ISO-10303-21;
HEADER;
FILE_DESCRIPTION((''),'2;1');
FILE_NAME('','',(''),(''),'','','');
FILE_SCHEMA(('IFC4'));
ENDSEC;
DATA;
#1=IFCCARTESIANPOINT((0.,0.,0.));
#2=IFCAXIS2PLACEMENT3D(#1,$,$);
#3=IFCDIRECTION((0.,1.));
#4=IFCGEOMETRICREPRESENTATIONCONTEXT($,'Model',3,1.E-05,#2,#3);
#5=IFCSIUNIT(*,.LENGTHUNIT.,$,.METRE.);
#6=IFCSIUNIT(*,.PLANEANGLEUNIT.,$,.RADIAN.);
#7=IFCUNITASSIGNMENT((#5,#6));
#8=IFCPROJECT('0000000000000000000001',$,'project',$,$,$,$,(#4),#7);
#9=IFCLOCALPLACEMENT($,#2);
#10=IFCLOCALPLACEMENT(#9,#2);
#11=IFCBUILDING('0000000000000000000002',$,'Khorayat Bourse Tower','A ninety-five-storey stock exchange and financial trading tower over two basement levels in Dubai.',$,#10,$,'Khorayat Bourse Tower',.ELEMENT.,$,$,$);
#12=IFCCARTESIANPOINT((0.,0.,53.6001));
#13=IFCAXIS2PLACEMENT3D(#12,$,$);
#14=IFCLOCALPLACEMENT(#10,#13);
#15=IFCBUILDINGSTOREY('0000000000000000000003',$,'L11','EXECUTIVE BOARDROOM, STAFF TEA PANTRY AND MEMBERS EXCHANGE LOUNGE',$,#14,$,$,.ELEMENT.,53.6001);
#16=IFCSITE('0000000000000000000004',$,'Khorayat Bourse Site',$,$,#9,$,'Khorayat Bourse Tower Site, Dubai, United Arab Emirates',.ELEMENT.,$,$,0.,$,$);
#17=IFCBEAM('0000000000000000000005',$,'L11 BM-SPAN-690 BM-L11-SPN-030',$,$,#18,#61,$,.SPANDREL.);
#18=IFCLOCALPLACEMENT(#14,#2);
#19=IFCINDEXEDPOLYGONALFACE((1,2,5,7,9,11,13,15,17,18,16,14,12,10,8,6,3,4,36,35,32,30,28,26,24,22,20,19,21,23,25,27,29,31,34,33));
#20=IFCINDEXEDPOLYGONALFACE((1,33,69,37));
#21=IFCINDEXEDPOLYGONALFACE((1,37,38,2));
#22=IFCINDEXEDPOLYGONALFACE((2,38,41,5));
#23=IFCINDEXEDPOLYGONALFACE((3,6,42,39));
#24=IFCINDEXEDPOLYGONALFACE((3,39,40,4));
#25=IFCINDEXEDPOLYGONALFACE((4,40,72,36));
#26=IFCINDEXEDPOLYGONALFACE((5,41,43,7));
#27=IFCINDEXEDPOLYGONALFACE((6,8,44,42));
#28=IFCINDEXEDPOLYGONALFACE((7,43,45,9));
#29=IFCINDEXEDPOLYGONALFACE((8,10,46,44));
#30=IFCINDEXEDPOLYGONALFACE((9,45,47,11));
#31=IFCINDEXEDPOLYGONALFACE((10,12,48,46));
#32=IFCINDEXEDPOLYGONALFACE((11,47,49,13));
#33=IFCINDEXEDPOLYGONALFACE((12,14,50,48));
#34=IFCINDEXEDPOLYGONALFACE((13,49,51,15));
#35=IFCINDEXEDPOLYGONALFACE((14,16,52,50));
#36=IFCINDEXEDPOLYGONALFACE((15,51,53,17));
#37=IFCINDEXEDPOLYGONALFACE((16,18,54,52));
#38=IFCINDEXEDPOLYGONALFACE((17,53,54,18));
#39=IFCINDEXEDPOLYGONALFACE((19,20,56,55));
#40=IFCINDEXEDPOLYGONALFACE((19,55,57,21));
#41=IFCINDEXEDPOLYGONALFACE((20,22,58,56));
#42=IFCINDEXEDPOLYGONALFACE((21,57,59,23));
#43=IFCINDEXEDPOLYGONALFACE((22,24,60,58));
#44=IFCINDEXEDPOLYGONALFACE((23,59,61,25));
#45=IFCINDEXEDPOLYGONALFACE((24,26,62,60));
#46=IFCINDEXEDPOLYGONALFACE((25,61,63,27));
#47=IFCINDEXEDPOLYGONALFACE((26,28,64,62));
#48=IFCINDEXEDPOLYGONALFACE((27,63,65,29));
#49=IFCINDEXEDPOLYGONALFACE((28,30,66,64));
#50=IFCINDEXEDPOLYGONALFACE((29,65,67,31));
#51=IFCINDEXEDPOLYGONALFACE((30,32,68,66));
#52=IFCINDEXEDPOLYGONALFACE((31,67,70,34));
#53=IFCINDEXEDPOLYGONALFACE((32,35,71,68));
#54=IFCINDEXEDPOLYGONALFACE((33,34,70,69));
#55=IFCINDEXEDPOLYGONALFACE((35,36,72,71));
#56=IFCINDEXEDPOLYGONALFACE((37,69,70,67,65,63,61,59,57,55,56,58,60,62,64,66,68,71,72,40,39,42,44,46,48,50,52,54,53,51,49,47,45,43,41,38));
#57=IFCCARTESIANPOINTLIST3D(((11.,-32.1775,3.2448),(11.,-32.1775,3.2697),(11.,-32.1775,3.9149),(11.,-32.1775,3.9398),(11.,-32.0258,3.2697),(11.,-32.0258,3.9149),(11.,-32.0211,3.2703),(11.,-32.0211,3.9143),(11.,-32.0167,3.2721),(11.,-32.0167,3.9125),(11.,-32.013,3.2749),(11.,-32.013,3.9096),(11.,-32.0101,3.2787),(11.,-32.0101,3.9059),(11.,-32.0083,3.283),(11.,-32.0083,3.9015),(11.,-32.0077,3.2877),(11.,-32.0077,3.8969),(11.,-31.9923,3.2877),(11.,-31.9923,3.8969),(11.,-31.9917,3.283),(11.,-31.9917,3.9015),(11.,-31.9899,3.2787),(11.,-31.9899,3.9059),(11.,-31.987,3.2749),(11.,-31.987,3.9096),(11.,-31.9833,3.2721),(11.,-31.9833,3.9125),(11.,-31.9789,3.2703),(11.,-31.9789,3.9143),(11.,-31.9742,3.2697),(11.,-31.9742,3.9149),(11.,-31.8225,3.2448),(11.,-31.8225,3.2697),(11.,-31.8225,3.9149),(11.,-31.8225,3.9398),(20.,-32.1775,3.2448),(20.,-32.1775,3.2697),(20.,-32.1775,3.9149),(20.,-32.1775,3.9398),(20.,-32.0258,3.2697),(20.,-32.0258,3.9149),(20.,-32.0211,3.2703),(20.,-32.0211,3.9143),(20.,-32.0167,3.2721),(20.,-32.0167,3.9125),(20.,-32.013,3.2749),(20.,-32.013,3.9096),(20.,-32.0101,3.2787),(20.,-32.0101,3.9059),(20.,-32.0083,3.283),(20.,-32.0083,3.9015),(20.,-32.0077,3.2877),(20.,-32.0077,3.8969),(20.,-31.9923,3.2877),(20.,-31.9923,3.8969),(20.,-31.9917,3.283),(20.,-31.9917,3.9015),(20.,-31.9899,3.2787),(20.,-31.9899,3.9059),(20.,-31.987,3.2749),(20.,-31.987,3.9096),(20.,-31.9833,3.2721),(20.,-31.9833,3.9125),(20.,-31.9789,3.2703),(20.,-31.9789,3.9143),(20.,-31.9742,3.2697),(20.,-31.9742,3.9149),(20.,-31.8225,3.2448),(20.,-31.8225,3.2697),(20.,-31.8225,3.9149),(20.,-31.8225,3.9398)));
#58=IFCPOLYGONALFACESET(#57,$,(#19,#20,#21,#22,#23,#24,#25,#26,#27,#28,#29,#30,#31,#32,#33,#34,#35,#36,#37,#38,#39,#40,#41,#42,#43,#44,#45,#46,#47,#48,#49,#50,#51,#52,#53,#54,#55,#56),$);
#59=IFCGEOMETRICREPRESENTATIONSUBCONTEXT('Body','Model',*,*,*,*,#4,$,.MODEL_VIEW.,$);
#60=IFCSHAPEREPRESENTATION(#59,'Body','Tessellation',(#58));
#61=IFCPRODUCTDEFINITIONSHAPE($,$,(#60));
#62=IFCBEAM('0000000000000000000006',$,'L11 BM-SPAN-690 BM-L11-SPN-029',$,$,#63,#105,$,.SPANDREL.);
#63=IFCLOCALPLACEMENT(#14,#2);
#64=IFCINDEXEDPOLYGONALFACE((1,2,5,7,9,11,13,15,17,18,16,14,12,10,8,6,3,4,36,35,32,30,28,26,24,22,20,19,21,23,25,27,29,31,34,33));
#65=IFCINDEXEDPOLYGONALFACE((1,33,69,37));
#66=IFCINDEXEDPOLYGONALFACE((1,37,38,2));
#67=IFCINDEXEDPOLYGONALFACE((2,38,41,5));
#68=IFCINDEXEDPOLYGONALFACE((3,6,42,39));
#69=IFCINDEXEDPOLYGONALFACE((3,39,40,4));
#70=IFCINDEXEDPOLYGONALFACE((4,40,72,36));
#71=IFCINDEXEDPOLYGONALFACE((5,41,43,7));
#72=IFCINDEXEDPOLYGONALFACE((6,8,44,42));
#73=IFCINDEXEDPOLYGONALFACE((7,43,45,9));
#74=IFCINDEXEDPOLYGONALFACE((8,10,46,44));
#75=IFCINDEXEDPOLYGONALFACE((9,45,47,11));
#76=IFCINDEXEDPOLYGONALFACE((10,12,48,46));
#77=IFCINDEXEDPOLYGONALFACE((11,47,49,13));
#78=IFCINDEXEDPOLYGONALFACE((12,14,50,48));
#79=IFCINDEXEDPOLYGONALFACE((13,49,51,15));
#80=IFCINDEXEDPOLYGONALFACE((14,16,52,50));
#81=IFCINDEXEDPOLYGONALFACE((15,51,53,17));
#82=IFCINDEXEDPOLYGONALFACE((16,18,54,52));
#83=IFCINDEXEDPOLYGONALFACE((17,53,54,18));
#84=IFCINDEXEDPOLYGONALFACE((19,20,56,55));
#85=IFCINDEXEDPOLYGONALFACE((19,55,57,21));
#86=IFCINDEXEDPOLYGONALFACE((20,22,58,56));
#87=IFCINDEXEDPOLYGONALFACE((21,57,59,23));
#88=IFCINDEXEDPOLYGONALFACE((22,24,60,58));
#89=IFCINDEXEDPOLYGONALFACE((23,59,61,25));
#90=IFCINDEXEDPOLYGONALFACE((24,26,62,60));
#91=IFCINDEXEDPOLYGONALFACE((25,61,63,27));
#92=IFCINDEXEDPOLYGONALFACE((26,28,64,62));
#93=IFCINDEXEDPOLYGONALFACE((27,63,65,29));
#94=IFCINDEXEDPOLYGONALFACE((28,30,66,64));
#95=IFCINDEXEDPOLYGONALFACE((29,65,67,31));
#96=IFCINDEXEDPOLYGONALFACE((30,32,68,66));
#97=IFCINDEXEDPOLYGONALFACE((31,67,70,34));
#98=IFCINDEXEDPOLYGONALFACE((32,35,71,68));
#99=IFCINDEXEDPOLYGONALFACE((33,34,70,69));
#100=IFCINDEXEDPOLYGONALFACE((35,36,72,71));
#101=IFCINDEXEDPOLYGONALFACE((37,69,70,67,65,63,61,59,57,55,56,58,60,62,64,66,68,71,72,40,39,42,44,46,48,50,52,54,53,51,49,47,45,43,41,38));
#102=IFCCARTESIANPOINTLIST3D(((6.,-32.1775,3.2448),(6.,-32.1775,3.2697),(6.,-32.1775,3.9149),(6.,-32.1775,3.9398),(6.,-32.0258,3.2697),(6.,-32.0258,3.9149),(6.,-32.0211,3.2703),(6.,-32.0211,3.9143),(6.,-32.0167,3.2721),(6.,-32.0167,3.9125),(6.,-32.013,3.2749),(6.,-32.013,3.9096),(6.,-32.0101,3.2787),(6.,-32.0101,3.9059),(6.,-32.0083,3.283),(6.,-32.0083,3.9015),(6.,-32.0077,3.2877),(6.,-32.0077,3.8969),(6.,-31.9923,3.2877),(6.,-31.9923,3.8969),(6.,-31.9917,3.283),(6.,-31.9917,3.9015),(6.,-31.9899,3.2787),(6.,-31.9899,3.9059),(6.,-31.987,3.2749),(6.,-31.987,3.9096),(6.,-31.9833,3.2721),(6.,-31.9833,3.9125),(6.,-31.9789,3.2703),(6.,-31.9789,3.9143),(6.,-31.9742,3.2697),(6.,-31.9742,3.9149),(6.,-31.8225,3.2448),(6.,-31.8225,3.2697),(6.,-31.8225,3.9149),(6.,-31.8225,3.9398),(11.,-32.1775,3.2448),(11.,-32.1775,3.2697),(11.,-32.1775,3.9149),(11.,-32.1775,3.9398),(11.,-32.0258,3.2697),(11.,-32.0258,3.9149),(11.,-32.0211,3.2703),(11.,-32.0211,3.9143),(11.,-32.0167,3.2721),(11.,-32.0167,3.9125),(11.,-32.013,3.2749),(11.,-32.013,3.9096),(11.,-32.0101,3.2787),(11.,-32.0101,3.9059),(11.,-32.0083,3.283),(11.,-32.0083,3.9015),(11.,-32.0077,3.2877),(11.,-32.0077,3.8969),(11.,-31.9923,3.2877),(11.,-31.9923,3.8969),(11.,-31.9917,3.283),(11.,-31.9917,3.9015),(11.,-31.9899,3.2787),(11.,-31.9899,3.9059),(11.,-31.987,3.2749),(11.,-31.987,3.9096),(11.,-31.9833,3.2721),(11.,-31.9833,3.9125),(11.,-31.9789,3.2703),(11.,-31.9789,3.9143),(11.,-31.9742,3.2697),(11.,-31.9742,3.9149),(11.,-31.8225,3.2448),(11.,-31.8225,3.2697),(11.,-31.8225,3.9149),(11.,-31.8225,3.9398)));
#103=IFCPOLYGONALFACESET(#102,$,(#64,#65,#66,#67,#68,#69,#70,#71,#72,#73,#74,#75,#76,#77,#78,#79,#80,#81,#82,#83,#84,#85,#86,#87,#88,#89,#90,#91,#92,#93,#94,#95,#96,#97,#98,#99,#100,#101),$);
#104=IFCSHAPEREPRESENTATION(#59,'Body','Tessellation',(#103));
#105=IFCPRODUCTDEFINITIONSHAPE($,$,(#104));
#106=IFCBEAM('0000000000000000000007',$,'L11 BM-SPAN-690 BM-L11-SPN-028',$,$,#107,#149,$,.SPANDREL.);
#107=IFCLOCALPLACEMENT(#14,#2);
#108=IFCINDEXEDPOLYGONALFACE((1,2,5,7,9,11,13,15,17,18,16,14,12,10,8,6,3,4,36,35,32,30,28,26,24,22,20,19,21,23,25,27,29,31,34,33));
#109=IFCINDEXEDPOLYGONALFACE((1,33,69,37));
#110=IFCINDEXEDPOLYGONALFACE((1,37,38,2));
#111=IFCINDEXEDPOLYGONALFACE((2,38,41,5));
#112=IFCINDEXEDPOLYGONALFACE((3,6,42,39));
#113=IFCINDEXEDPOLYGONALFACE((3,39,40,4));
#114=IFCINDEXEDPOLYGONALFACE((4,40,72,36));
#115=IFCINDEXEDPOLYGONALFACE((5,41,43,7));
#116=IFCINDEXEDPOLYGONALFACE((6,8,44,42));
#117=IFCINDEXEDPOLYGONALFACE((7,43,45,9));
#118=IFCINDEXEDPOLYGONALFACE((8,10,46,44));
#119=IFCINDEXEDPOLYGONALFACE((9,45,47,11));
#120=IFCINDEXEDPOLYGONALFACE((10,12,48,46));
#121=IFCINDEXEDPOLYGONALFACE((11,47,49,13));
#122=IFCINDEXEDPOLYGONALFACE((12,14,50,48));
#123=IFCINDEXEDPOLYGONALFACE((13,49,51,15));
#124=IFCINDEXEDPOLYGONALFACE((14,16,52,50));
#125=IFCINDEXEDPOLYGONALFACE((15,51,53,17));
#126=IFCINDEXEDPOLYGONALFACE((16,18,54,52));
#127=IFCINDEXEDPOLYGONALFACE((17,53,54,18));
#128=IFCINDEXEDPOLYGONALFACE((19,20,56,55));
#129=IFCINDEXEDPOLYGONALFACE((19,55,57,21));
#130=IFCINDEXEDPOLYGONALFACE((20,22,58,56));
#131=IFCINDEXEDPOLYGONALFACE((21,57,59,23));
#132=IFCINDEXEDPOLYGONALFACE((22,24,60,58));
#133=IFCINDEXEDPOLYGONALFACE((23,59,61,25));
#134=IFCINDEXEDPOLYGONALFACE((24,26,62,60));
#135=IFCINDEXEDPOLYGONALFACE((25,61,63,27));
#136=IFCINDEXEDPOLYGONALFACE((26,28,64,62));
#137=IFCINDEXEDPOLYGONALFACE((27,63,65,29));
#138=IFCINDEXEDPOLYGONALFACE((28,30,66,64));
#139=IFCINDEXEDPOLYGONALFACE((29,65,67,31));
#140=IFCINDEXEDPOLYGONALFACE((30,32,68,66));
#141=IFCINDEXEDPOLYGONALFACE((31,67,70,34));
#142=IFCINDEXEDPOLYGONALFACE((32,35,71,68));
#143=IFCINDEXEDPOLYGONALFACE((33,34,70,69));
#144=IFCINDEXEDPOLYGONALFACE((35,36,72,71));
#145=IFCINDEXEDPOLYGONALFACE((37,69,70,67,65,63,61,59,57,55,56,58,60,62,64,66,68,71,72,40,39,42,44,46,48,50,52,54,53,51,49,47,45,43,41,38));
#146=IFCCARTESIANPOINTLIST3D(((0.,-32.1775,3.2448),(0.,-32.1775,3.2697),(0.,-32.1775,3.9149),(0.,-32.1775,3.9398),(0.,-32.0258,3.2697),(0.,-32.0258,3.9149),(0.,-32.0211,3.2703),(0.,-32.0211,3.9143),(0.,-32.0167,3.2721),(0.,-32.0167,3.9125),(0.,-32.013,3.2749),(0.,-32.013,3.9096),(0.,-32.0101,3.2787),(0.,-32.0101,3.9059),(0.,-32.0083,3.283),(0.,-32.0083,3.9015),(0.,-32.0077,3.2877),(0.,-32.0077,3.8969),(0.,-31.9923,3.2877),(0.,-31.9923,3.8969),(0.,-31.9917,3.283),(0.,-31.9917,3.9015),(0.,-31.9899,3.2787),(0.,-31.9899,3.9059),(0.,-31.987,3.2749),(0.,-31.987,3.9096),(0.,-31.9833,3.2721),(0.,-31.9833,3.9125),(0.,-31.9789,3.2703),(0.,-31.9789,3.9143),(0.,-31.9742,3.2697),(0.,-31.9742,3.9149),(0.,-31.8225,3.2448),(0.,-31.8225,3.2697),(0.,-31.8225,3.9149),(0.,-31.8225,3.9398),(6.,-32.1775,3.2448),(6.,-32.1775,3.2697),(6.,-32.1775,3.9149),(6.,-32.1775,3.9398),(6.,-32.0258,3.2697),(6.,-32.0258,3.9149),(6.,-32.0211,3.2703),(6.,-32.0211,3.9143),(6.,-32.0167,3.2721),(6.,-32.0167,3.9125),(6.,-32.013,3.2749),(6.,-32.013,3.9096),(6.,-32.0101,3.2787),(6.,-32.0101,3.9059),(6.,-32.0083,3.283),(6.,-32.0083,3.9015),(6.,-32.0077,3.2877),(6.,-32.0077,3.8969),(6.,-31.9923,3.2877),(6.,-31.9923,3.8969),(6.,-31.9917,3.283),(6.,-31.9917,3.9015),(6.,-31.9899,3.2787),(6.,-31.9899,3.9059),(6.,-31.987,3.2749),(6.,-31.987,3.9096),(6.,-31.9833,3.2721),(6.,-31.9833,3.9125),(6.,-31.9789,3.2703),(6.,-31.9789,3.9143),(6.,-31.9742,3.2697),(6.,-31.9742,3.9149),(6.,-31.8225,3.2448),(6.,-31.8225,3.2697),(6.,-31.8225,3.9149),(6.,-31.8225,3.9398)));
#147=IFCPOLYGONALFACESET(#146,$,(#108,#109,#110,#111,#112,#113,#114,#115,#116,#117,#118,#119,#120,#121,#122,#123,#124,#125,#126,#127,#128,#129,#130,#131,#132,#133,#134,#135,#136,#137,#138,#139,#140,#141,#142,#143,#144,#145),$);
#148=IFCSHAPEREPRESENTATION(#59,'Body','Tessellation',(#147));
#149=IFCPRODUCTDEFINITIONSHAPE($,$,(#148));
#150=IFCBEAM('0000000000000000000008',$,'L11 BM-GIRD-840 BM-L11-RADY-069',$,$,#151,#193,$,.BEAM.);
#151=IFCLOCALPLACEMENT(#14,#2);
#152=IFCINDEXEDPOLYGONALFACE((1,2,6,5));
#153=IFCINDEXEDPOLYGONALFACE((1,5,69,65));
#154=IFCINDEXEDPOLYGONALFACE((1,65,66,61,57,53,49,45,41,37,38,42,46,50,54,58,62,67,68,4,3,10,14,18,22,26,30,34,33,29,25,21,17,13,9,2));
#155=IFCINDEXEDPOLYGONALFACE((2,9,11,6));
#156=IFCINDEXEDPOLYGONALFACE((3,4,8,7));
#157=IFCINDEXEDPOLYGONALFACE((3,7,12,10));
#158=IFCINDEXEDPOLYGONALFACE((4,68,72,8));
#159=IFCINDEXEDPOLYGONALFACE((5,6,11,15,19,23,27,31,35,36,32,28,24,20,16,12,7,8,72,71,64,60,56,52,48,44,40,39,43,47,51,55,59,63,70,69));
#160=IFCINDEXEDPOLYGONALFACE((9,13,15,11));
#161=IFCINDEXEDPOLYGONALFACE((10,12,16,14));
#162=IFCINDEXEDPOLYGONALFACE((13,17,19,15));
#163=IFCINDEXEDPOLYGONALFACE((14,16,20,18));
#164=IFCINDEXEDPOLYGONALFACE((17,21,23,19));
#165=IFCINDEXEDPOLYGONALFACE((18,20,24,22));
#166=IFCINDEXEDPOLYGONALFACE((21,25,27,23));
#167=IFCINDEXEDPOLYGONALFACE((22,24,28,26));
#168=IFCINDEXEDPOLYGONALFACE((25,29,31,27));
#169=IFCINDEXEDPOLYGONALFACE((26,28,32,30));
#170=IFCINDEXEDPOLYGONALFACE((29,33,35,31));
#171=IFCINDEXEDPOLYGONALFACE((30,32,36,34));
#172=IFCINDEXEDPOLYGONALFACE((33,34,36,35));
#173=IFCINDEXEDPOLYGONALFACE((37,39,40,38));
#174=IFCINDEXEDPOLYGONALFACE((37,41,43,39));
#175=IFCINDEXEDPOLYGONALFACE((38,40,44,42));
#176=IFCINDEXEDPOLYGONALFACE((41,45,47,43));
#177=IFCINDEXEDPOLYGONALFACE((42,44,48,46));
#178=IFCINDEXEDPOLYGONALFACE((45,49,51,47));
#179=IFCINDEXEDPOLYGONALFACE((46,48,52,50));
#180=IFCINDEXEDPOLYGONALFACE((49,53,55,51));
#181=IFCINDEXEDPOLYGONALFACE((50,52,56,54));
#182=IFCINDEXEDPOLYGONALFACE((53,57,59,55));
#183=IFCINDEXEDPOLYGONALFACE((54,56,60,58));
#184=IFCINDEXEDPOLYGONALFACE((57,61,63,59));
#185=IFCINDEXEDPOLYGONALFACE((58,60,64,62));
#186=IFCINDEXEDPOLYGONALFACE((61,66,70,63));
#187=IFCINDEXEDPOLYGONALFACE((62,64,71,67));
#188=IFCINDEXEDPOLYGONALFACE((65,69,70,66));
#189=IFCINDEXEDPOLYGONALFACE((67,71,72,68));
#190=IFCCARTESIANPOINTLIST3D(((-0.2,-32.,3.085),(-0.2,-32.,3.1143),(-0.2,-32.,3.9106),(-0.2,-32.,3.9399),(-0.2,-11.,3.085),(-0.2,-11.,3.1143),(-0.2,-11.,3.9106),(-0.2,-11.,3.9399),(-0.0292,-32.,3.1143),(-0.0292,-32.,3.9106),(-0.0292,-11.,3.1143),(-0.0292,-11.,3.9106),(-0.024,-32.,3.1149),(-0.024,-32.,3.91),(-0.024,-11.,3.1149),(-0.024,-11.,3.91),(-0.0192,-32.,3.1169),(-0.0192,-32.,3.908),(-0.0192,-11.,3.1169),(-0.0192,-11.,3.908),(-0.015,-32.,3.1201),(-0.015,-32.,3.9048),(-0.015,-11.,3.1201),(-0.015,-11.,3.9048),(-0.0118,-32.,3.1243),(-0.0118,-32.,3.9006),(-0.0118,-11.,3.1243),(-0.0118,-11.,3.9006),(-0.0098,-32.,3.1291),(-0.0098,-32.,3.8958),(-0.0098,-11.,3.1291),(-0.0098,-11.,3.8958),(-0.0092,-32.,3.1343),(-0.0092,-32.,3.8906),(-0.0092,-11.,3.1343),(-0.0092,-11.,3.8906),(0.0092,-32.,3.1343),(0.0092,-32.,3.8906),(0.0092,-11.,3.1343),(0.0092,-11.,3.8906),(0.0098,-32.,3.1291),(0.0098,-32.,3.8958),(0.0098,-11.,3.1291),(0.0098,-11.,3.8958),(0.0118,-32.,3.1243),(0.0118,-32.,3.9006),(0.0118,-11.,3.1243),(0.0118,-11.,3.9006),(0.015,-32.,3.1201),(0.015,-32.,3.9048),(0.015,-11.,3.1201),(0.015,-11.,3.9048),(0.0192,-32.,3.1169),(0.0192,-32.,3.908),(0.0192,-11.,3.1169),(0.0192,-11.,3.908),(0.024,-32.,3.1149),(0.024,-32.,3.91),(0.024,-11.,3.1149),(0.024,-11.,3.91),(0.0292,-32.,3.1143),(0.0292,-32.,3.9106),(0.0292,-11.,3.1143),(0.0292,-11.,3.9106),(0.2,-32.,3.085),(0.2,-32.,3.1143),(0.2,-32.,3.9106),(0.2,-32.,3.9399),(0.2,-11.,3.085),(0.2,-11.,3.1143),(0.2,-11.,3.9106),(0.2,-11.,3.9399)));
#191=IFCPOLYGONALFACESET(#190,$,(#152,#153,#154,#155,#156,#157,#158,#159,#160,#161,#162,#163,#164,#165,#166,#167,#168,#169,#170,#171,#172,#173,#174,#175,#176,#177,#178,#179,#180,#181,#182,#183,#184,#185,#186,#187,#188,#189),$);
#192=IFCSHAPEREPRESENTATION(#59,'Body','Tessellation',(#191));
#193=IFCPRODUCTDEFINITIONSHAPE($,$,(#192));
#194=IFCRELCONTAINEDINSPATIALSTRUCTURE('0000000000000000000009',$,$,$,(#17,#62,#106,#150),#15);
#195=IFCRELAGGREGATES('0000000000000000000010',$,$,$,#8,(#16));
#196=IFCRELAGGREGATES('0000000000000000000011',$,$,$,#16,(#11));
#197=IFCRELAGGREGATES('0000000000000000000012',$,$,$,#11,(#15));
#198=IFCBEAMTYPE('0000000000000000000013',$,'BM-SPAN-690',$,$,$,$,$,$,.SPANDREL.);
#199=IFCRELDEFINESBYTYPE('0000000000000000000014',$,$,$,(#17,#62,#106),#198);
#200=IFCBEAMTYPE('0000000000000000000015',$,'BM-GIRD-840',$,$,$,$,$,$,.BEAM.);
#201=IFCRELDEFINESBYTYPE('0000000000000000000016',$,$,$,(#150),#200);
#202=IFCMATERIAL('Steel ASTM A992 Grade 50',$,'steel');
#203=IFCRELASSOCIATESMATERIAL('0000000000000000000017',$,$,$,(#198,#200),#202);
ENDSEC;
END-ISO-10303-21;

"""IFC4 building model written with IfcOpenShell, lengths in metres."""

from ifc_helpers import new_model, si_unit, direction, frame, origin, origin_2d, place, context, subcontext, project, spatial, i_section, extrude, source, transform, mapped, material, material_profile, profile_set, type_object, element, save


model = new_model("IFC4")

# Units and contexts
model_context = context("Model", 3, precision=1e-05, world=origin(), true_north=direction((0.0, 1.0)))
body_context = subcontext(model_context, "Body", "Model", "MODEL_VIEW")
ifc_project = project(units=[si_unit("LENGTHUNIT", "METRE"), si_unit("PLANEANGLEUNIT", "RADIAN")], contexts=[model_context])

# Site, building, storey
site_placement = place(None, origin())
site = spatial("IfcSite", under=ifc_project, at=site_placement, Name="Khorayat Bourse Site", LongName="Khorayat Bourse Tower Site, Dubai, United Arab Emirates", CompositionType="ELEMENT", RefElevation=0.0)
building_placement = place(site_placement, origin())
building = spatial("IfcBuilding", under=site, at=building_placement, Name="Khorayat Bourse Tower", Description="A ninety-five-storey stock exchange and financial trading tower over two basement levels in Dubai.", LongName="Khorayat Bourse Tower", CompositionType="ELEMENT")
storey_placement = place(building_placement, frame((0.0, 0.0, 53.6001)))
storey = spatial("IfcBuildingStorey", under=building, at=storey_placement, Name="L11", Description="EXECUTIVE BOARDROOM, STAFF TEA PANTRY AND MEMBERS EXCHANGE LOUNGE", CompositionType="ELEMENT", Elevation=53.6001)

# Beams
ifc_material_1 = material(Name="Steel ASTM A992 Grade 50", Category="steel")
ifc_material_profile_1 = material_profile(ifc_material_1, i_section(OverallWidth=0.355, OverallDepth=0.6951, WebThickness=0.0154, FlangeThickness=0.0249, FilletRadius=0.0181, at=origin_2d()), Name="W690X217")
ifc_profile_set_1 = profile_set([ifc_material_profile_1], Name="Steel ASTM A992 Grade 50")
beam_type_1 = type_object("IfcBeamType", Name="BM-SPAN-690", PredefinedType="SPANDREL", material=ifc_profile_set_1)
shared_shape_1 = source(origin(), body_context, "Body", "SweptSolid", [
    extrude(i_section(OverallWidth=0.355, OverallDepth=0.6951, WebThickness=0.0154, FlangeThickness=0.0249, FilletRadius=0.0181, at=origin_2d()), origin(), (0.0, 0.0, 1.0), 9.0),
])
beam_1_placement = place(storey_placement, frame((11.0, -32.0, 3.5923), z_axis=(1.0, 0.0, 0.0), x_axis=(0.0, 1.0, 0.0)))
element("IfcBeam", 1, at=beam_1_placement, inside=storey, type_object=beam_type_1, Name="L11 BM-SPAN-690 BM-L11-SPN-030", PredefinedType="SPANDREL", context=body_context, shape_type="MappedRepresentation", body=[
    mapped(shared_shape_1, transform((0.0, 0.0, 0.0), scale=1.0)),
])
shared_shape_2 = source(origin(), body_context, "Body", "SweptSolid", [
    extrude(i_section(OverallWidth=0.355, OverallDepth=0.6951, WebThickness=0.0154, FlangeThickness=0.0249, FilletRadius=0.0181, at=origin_2d()), origin(), (0.0, 0.0, 1.0), 5.0),
])
beam_2_placement = place(storey_placement, frame((6.0, -32.0, 3.5923), z_axis=(1.0, 0.0, 0.0), x_axis=(0.0, 1.0, 0.0)))
element("IfcBeam", 2, at=beam_2_placement, inside=storey, type_object=beam_type_1, Name="L11 BM-SPAN-690 BM-L11-SPN-029", PredefinedType="SPANDREL", context=body_context, shape_type="MappedRepresentation", body=[
    mapped(shared_shape_2, transform((0.0, 0.0, 0.0), scale=1.0)),
])
shared_shape_3 = source(origin(), body_context, "Body", "SweptSolid", [
    extrude(i_section(OverallWidth=0.355, OverallDepth=0.6951, WebThickness=0.0154, FlangeThickness=0.0249, FilletRadius=0.0181, at=origin_2d()), origin(), (0.0, 0.0, 1.0), 6.0),
])
beam_3_placement = place(storey_placement, frame((0.0, -32.0, 3.5923), z_axis=(1.0, 0.0, 0.0), x_axis=(0.0, 1.0, 0.0)))
element("IfcBeam", 3, at=beam_3_placement, inside=storey, type_object=beam_type_1, Name="L11 BM-SPAN-690 BM-L11-SPN-028", PredefinedType="SPANDREL", context=body_context, shape_type="MappedRepresentation", body=[
    mapped(shared_shape_3, transform((0.0, 0.0, 0.0), scale=1.0)),
])
ifc_material_profile_2 = material_profile(ifc_material_1, i_section(OverallWidth=0.3999, OverallDepth=0.855, WebThickness=0.0183, FlangeThickness=0.0293, FilletRadius=0.02, at=origin_2d()), Name="W840X299")
ifc_profile_set_2 = profile_set([ifc_material_profile_2], Name="Steel ASTM A992 Grade 50")
beam_type_2 = type_object("IfcBeamType", Name="BM-GIRD-840", PredefinedType="BEAM", material=ifc_profile_set_2)
shared_shape_4 = source(origin(), body_context, "Body", "SweptSolid", [
    extrude(i_section(OverallWidth=0.3999, OverallDepth=0.855, WebThickness=0.0183, FlangeThickness=0.0293, FilletRadius=0.02, at=origin_2d()), origin(), (0.0, 0.0, 1.0), 21.0),
])
for number, where, z_axis, x_axis, name in (
    (4, (0.0, -32.0, 3.5125), (0.0, 1.0, 0.0), (-1.0, 0.0, 0.0), "L11 BM-GIRD-840 BM-L11-RADY-069"),
):
    element("IfcBeam", number, at=place(storey_placement, frame(where, z_axis=z_axis, x_axis=x_axis)), inside=storey, type_object=beam_type_2, Name=name, PredefinedType="BEAM", context=body_context, shape_type="MappedRepresentation", body=[
        mapped(shared_shape_4, transform((0.0, 0.0, 0.0), scale=1.0)),
    ])

save(model, "model.ifc")
